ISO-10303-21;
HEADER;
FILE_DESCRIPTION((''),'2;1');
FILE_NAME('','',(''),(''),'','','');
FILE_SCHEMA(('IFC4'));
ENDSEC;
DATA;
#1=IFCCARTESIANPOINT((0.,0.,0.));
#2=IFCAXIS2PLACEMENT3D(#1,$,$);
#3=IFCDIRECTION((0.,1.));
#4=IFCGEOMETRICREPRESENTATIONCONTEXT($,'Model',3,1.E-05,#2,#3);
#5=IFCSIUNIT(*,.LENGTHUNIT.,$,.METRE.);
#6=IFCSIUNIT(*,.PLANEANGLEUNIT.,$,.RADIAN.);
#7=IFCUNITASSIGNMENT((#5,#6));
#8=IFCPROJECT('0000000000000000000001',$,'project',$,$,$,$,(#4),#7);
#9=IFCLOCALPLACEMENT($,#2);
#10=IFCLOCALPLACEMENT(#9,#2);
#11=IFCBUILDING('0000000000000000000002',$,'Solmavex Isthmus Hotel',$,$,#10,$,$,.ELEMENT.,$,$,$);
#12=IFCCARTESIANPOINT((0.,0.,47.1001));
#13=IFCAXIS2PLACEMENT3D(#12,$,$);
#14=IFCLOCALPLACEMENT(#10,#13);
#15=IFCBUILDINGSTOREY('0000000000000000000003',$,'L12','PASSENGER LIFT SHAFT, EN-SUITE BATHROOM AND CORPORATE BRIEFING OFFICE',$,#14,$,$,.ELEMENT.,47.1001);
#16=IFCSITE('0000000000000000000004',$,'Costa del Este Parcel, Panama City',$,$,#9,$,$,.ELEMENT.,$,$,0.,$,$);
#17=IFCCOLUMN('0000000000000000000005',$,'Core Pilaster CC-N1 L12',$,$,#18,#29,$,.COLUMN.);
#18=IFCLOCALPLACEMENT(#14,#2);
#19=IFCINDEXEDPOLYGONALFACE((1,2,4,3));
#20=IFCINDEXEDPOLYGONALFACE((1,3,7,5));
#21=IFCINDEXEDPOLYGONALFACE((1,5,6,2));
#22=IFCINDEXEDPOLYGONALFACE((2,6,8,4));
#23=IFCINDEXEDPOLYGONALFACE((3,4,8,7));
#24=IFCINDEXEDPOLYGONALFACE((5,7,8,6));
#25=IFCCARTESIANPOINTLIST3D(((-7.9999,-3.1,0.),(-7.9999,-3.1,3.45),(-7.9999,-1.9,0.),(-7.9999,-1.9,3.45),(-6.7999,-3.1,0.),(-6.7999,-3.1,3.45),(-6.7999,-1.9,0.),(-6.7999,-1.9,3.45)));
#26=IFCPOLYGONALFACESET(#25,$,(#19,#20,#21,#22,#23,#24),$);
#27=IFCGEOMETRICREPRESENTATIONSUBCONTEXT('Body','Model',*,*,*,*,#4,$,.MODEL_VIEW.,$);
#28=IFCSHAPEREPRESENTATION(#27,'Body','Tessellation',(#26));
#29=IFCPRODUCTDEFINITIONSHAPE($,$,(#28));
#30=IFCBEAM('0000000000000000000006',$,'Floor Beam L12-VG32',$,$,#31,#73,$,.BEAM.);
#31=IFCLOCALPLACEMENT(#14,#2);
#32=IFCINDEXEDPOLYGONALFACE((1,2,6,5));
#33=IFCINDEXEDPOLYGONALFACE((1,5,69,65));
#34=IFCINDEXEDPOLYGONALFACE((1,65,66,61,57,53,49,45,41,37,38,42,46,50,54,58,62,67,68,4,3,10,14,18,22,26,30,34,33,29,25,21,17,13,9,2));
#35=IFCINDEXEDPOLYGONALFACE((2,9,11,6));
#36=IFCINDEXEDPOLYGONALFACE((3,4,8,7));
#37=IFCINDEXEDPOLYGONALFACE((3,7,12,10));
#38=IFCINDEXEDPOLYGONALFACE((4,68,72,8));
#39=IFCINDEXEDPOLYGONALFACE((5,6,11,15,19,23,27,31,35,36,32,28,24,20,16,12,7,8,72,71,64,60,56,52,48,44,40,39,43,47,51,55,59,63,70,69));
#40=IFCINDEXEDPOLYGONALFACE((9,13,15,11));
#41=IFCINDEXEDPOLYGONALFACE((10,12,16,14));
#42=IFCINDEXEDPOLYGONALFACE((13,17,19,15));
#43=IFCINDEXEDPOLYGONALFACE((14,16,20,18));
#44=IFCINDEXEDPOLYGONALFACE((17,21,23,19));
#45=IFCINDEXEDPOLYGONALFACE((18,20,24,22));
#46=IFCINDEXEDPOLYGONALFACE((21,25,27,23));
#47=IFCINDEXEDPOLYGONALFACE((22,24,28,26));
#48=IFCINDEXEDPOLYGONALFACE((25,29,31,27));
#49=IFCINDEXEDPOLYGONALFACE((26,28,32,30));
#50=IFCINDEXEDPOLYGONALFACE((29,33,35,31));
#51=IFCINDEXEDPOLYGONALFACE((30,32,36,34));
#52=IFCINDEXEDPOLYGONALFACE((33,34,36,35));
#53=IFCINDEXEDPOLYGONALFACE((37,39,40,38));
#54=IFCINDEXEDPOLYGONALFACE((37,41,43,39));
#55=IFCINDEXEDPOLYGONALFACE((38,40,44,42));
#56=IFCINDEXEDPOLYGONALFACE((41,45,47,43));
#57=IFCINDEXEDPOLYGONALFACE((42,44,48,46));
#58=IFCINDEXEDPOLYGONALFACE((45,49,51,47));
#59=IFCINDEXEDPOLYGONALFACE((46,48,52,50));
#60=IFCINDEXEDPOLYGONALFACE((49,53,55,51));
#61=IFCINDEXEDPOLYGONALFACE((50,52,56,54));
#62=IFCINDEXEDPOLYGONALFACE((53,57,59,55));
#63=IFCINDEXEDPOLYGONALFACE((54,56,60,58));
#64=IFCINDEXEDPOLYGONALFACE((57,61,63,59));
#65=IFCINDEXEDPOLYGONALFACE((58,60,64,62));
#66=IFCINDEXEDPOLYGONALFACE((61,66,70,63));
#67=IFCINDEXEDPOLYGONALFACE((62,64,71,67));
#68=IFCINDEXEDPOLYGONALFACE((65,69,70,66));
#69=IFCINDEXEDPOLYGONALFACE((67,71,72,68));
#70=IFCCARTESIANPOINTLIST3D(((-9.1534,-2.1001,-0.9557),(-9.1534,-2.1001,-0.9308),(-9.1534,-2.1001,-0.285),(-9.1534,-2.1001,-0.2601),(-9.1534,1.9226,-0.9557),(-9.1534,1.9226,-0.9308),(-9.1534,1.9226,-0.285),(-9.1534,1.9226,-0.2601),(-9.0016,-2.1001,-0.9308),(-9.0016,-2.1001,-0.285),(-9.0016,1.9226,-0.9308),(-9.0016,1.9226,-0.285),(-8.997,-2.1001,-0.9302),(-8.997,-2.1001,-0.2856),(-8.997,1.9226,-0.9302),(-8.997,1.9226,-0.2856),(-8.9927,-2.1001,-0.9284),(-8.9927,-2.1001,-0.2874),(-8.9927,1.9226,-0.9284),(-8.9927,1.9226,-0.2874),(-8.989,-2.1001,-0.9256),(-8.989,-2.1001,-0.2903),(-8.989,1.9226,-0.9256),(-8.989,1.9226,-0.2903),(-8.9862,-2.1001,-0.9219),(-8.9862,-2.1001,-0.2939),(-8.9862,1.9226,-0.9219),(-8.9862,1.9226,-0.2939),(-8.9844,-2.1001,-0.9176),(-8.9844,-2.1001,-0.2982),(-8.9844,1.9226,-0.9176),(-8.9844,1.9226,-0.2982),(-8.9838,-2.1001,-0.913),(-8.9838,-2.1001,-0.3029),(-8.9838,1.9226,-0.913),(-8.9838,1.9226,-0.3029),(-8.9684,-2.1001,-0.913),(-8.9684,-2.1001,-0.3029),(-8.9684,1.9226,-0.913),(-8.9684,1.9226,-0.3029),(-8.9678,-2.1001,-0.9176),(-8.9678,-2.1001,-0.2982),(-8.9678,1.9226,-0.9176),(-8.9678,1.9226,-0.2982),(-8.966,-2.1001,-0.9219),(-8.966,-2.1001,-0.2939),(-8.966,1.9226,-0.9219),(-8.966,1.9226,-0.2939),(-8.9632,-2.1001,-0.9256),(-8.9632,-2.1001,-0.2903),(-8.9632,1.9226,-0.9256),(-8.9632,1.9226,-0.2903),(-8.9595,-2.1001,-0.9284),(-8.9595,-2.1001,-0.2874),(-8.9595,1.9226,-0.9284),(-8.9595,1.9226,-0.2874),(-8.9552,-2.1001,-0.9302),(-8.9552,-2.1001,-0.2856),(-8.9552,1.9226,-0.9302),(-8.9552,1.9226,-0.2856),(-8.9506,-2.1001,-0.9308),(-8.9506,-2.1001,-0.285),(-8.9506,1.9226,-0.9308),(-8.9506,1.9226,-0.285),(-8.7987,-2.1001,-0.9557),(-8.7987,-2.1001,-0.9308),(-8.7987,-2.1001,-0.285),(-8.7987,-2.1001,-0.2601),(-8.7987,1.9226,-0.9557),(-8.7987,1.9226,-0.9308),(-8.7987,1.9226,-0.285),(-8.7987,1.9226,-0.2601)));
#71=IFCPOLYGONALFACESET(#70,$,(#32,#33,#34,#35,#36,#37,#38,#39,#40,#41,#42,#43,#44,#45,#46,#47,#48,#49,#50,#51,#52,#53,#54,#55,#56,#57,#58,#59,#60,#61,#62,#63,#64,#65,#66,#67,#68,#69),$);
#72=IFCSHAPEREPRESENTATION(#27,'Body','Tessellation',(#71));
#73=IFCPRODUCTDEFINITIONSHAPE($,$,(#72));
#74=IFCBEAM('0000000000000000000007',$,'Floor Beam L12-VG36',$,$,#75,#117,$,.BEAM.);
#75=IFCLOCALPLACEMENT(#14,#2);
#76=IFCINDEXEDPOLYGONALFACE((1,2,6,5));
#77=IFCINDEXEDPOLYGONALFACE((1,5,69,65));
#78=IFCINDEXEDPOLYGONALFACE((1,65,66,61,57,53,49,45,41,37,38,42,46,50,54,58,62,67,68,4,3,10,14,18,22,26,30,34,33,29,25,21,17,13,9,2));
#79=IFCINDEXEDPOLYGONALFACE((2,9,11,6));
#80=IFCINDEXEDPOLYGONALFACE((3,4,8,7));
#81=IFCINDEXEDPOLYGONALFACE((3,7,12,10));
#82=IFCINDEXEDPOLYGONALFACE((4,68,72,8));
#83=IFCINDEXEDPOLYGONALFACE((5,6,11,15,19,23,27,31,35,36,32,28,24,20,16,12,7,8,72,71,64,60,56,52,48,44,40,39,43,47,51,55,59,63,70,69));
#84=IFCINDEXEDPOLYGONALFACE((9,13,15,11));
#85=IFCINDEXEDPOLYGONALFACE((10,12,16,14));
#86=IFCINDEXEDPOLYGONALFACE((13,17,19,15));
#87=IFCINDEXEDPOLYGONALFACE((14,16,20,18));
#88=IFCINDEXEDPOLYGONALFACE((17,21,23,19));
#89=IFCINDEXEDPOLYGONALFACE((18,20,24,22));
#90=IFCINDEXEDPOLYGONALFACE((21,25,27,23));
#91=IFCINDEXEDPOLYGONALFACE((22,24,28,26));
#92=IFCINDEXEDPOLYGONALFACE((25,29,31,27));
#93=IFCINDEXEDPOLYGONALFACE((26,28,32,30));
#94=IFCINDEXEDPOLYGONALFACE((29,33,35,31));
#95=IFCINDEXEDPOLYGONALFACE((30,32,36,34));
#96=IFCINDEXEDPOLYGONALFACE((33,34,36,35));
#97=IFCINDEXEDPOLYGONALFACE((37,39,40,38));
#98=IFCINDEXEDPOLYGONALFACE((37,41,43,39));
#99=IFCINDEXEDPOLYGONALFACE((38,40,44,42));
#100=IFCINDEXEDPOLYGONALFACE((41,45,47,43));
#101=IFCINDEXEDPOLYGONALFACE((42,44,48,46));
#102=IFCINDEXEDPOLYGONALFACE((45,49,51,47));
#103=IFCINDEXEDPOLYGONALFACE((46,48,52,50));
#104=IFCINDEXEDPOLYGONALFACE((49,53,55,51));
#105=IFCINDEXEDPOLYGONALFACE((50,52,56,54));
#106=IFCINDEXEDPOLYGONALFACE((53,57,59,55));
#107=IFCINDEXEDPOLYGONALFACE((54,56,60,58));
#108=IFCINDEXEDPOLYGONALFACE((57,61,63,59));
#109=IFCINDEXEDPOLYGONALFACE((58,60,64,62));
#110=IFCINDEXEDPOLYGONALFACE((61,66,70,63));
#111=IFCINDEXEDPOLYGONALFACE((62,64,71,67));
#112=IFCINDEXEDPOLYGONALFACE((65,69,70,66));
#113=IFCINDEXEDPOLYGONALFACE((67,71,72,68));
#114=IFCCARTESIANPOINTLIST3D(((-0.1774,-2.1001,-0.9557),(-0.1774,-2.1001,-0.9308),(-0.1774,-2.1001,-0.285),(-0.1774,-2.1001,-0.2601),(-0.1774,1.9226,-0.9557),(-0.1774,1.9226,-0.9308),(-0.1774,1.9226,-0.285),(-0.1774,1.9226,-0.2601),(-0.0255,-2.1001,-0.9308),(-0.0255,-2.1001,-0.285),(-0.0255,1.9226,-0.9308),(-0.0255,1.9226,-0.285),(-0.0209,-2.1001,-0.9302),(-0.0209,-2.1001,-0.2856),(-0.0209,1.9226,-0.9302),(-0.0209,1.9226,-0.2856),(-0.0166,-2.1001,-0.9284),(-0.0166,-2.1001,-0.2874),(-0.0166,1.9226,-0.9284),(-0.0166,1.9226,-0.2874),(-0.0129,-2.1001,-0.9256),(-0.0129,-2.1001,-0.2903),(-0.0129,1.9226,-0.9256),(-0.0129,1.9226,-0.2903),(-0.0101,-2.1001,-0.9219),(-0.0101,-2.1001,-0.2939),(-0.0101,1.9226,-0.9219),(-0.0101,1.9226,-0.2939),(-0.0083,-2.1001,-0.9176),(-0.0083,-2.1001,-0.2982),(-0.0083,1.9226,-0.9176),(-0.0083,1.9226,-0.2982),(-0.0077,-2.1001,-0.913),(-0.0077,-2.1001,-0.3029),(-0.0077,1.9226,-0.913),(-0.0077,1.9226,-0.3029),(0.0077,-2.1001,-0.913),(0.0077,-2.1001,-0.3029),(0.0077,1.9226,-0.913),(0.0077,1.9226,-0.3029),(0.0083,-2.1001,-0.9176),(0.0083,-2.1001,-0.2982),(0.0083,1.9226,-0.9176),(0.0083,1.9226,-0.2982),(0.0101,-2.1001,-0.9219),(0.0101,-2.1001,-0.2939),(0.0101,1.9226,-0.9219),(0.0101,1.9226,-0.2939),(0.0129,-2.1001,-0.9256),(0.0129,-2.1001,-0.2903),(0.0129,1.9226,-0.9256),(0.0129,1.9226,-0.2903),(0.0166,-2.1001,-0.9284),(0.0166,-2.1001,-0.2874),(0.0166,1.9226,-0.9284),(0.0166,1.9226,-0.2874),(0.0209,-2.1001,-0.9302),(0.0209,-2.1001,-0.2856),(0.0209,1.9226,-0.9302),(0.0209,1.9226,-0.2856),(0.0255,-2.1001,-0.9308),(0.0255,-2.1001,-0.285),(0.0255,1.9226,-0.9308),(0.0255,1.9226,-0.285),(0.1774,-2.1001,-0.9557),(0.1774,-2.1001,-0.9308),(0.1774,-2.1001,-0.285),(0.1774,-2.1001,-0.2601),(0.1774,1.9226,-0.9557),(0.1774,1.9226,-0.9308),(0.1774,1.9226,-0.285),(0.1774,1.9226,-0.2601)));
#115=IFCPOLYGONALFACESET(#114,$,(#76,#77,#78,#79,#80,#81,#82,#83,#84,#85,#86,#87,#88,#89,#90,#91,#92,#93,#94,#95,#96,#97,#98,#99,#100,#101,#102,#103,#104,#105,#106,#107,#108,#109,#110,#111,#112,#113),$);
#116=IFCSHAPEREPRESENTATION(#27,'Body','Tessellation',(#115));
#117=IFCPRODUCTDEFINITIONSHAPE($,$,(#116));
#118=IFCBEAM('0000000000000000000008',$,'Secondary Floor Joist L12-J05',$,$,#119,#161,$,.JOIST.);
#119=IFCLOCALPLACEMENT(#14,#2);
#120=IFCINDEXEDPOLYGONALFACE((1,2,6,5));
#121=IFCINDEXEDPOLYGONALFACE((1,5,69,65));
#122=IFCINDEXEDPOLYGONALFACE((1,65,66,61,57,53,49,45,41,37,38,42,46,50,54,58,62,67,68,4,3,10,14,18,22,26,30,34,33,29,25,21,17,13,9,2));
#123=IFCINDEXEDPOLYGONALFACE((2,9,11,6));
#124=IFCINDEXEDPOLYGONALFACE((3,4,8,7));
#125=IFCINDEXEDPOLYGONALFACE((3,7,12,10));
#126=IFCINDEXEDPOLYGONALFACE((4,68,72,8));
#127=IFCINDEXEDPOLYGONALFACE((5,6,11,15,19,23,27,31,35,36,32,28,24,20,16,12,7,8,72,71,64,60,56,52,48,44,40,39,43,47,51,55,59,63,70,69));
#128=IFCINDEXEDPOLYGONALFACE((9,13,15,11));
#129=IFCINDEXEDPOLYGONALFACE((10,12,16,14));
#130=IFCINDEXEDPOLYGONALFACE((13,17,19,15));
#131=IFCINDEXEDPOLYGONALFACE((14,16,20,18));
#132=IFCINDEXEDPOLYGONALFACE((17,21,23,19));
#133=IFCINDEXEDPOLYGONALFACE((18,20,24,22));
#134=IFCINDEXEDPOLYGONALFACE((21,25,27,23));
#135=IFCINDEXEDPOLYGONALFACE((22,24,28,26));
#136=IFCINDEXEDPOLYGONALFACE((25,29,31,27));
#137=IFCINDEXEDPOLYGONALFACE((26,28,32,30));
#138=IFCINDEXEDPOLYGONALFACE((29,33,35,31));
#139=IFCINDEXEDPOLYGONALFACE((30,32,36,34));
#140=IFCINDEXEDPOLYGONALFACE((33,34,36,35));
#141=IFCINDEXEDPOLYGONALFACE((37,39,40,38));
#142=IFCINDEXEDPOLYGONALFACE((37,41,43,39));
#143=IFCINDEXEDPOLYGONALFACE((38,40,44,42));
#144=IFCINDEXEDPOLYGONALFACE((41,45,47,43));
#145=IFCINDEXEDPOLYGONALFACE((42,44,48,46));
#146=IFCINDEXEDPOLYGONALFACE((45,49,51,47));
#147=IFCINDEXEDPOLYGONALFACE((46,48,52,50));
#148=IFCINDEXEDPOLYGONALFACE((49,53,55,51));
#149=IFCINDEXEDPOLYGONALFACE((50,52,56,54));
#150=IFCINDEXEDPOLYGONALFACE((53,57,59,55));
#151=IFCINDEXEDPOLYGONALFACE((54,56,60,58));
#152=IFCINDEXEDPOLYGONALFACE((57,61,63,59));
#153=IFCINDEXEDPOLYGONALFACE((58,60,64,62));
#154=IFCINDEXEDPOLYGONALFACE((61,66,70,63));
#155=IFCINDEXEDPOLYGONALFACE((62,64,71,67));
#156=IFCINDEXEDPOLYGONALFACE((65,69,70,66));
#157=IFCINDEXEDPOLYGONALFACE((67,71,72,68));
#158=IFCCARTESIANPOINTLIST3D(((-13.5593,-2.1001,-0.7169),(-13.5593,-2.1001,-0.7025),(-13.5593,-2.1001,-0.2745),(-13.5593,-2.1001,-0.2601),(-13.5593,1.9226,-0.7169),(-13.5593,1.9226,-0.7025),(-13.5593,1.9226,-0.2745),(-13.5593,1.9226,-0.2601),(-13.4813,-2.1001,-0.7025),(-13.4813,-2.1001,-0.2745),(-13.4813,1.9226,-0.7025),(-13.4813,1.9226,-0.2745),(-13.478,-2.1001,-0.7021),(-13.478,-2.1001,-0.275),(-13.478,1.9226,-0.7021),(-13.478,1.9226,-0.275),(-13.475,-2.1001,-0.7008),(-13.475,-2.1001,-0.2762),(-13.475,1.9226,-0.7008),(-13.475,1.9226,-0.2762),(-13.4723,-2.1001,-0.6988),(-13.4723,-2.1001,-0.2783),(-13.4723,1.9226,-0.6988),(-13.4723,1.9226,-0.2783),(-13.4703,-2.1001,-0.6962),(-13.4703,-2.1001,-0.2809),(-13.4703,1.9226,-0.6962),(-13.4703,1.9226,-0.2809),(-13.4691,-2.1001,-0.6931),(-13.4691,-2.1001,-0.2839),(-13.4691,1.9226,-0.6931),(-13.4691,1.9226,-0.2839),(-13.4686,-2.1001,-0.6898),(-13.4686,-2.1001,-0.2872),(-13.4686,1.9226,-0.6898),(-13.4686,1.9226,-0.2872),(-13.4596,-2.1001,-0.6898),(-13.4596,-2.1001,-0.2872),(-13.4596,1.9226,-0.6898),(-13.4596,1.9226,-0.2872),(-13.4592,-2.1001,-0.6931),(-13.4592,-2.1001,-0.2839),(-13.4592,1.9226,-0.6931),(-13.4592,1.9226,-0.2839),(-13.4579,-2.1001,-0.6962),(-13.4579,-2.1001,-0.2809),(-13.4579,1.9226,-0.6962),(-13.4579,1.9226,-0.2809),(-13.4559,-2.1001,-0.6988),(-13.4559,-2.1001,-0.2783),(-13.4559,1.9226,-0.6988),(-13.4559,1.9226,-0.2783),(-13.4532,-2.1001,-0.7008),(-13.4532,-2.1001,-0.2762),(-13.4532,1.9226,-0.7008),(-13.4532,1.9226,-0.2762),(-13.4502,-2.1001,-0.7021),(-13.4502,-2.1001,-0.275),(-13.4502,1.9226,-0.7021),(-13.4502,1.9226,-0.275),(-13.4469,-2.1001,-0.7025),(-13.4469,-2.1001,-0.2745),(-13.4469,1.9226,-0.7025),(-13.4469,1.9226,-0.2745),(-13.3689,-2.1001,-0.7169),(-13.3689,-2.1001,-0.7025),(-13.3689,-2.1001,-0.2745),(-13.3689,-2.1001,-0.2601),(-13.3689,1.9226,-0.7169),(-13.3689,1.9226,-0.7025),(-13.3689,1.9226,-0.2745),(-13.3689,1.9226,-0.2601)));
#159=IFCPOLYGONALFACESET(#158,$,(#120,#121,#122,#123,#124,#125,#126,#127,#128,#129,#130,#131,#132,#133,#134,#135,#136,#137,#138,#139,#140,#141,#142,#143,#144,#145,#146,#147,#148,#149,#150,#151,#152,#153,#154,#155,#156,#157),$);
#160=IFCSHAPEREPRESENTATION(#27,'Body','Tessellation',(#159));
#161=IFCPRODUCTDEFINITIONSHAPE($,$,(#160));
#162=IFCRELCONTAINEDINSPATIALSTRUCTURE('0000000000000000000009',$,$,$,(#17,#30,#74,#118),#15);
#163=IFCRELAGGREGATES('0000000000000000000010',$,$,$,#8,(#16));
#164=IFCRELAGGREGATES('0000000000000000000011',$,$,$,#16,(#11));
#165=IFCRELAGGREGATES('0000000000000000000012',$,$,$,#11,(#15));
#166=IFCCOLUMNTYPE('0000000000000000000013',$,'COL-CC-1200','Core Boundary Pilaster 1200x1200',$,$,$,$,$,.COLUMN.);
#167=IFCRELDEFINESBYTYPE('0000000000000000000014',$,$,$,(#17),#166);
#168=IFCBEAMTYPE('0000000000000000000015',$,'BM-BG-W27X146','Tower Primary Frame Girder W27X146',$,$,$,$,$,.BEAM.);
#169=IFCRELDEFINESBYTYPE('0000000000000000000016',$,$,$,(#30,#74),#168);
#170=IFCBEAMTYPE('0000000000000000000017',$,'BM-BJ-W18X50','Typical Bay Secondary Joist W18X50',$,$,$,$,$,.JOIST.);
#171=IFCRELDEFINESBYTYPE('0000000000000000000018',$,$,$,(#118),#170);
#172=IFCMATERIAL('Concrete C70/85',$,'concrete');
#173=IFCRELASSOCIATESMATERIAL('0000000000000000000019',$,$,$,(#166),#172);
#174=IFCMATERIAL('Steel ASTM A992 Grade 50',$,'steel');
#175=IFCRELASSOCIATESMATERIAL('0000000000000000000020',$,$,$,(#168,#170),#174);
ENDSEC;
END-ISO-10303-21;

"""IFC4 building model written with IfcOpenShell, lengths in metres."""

from ifc_helpers import new_model, si_unit, direction, frame, origin, origin_2d, place, context, subcontext, project, spatial, rectangle, i_section, extrude, material, material_profile, profile_set, type_object, element, save


model = new_model("IFC4")

# Units and contexts
model_context = context("Model", 3, precision=1e-05, world=origin(), true_north=direction((0.0, 1.0)))
body_context = subcontext(model_context, "Body", "Model", "MODEL_VIEW")
ifc_project = project(units=[si_unit("LENGTHUNIT", "METRE"), si_unit("PLANEANGLEUNIT", "RADIAN")], contexts=[model_context])

# Site, building, storey
site_placement = place(None, origin())
site = spatial("IfcSite", under=ifc_project, at=site_placement, Name="Costa del Este Parcel, Panama City", CompositionType="ELEMENT", RefElevation=0.0)
building_placement = place(site_placement, origin())
building = spatial("IfcBuilding", under=site, at=building_placement, Name="Solmavex Isthmus Hotel", CompositionType="ELEMENT")
storey_placement = place(building_placement, frame((0.0, 0.0, 47.1001)))
storey = spatial("IfcBuildingStorey", under=building, at=storey_placement, Name="L12", Description="PASSENGER LIFT SHAFT, EN-SUITE BATHROOM AND CORPORATE BRIEFING OFFICE", CompositionType="ELEMENT", Elevation=47.1001)

# Column
ifc_material_1 = material(Name="Concrete C70/85", Category="concrete")
ifc_material_profile_1 = material_profile(ifc_material_1, rectangle(XDim=1.2, YDim=1.2, at=origin_2d()), Name="RC1200X1200")
ifc_profile_set_1 = profile_set([ifc_material_profile_1], Name="Concrete C70/85")
column_type = type_object("IfcColumnType", Name="COL-CC-1200", Description="Core Boundary Pilaster 1200x1200", PredefinedType="COLUMN", material=ifc_profile_set_1)
column_placement = place(storey_placement, frame((-7.3999, -2.5, 0.0), z_axis=(0.0, 0.0, 1.0), x_axis=(1.0, 0.0, 0.0)))
element("IfcColumn", 1, at=column_placement, inside=storey, type_object=column_type, Name="Core Pilaster CC-N1 L12", PredefinedType="COLUMN", context=body_context, shape_type="SweptSolid", body=[
    extrude(rectangle(XDim=1.2, YDim=1.2, at=origin_2d()), origin(), (0.0, 0.0, 1.0), 3.45),
])

# Beams
ifc_material_2 = material(Name="Steel ASTM A992 Grade 50", Category="steel")
ifc_material_profile_2 = material_profile(ifc_material_2, i_section(OverallWidth=0.3547, OverallDepth=0.6956, WebThickness=0.0154, FlangeThickness=0.0249, FilletRadius=0.0178, at=origin_2d()), Name="W27X146")
ifc_profile_set_2 = profile_set([ifc_material_profile_2], Name="Steel ASTM A992 Grade 50")
beam_type_1 = type_object("IfcBeamType", Name="BM-BG-W27X146", Description="Tower Primary Frame Girder W27X146", PredefinedType="BEAM", material=ifc_profile_set_2)
for number, where, z_axis, x_axis, name in (
    (2, (-8.9761, -2.1001, -0.6079), (0.0, 1.0, 0.0), (-1.0, 0.0, 0.0), "Floor Beam L12-VG32"),
    (3, (0.0, -2.1001, -0.6079), (0.0, 1.0, 0.0), (-1.0, 0.0, 0.0), "Floor Beam L12-VG36"),
):
    element("IfcBeam", number, at=place(storey_placement, frame(where, z_axis=z_axis, x_axis=x_axis)), inside=storey, type_object=beam_type_1, Name=name, PredefinedType="BEAM", context=body_context, shape_type="SweptSolid", body=[
        extrude(i_section(OverallWidth=0.3547, OverallDepth=0.6956, WebThickness=0.0154, FlangeThickness=0.0249, FilletRadius=0.0178, at=origin_2d()), origin(), (0.0, 0.0, 1.0), 4.0227),
    ])
ifc_material_profile_3 = material_profile(ifc_material_2, i_section(OverallWidth=0.1904, OverallDepth=0.4568, WebThickness=0.009, FlangeThickness=0.0144, FilletRadius=0.0127, at=origin_2d()), Name="W18X50")
ifc_profile_set_3 = profile_set([ifc_material_profile_3], Name="Steel ASTM A992 Grade 50")
beam_type_2 = type_object("IfcBeamType", Name="BM-BJ-W18X50", Description="Typical Bay Secondary Joist W18X50", PredefinedType="JOIST", material=ifc_profile_set_3)
for number, where, z_axis, x_axis, name in (
    (4, (-13.4641, -2.1001, -0.4885), (0.0, 1.0, 0.0), (-1.0, 0.0, 0.0), "Secondary Floor Joist L12-J05"),
):
    element("IfcBeam", number, at=place(storey_placement, frame(where, z_axis=z_axis, x_axis=x_axis)), inside=storey, type_object=beam_type_2, Name=name, PredefinedType="JOIST", context=body_context, shape_type="SweptSolid", body=[
        extrude(i_section(OverallWidth=0.1904, OverallDepth=0.4568, WebThickness=0.009, FlangeThickness=0.0144, FilletRadius=0.0127, at=origin_2d()), origin(), (0.0, 0.0, 1.0), 4.0227),
    ])

save(model, "model.ifc")
